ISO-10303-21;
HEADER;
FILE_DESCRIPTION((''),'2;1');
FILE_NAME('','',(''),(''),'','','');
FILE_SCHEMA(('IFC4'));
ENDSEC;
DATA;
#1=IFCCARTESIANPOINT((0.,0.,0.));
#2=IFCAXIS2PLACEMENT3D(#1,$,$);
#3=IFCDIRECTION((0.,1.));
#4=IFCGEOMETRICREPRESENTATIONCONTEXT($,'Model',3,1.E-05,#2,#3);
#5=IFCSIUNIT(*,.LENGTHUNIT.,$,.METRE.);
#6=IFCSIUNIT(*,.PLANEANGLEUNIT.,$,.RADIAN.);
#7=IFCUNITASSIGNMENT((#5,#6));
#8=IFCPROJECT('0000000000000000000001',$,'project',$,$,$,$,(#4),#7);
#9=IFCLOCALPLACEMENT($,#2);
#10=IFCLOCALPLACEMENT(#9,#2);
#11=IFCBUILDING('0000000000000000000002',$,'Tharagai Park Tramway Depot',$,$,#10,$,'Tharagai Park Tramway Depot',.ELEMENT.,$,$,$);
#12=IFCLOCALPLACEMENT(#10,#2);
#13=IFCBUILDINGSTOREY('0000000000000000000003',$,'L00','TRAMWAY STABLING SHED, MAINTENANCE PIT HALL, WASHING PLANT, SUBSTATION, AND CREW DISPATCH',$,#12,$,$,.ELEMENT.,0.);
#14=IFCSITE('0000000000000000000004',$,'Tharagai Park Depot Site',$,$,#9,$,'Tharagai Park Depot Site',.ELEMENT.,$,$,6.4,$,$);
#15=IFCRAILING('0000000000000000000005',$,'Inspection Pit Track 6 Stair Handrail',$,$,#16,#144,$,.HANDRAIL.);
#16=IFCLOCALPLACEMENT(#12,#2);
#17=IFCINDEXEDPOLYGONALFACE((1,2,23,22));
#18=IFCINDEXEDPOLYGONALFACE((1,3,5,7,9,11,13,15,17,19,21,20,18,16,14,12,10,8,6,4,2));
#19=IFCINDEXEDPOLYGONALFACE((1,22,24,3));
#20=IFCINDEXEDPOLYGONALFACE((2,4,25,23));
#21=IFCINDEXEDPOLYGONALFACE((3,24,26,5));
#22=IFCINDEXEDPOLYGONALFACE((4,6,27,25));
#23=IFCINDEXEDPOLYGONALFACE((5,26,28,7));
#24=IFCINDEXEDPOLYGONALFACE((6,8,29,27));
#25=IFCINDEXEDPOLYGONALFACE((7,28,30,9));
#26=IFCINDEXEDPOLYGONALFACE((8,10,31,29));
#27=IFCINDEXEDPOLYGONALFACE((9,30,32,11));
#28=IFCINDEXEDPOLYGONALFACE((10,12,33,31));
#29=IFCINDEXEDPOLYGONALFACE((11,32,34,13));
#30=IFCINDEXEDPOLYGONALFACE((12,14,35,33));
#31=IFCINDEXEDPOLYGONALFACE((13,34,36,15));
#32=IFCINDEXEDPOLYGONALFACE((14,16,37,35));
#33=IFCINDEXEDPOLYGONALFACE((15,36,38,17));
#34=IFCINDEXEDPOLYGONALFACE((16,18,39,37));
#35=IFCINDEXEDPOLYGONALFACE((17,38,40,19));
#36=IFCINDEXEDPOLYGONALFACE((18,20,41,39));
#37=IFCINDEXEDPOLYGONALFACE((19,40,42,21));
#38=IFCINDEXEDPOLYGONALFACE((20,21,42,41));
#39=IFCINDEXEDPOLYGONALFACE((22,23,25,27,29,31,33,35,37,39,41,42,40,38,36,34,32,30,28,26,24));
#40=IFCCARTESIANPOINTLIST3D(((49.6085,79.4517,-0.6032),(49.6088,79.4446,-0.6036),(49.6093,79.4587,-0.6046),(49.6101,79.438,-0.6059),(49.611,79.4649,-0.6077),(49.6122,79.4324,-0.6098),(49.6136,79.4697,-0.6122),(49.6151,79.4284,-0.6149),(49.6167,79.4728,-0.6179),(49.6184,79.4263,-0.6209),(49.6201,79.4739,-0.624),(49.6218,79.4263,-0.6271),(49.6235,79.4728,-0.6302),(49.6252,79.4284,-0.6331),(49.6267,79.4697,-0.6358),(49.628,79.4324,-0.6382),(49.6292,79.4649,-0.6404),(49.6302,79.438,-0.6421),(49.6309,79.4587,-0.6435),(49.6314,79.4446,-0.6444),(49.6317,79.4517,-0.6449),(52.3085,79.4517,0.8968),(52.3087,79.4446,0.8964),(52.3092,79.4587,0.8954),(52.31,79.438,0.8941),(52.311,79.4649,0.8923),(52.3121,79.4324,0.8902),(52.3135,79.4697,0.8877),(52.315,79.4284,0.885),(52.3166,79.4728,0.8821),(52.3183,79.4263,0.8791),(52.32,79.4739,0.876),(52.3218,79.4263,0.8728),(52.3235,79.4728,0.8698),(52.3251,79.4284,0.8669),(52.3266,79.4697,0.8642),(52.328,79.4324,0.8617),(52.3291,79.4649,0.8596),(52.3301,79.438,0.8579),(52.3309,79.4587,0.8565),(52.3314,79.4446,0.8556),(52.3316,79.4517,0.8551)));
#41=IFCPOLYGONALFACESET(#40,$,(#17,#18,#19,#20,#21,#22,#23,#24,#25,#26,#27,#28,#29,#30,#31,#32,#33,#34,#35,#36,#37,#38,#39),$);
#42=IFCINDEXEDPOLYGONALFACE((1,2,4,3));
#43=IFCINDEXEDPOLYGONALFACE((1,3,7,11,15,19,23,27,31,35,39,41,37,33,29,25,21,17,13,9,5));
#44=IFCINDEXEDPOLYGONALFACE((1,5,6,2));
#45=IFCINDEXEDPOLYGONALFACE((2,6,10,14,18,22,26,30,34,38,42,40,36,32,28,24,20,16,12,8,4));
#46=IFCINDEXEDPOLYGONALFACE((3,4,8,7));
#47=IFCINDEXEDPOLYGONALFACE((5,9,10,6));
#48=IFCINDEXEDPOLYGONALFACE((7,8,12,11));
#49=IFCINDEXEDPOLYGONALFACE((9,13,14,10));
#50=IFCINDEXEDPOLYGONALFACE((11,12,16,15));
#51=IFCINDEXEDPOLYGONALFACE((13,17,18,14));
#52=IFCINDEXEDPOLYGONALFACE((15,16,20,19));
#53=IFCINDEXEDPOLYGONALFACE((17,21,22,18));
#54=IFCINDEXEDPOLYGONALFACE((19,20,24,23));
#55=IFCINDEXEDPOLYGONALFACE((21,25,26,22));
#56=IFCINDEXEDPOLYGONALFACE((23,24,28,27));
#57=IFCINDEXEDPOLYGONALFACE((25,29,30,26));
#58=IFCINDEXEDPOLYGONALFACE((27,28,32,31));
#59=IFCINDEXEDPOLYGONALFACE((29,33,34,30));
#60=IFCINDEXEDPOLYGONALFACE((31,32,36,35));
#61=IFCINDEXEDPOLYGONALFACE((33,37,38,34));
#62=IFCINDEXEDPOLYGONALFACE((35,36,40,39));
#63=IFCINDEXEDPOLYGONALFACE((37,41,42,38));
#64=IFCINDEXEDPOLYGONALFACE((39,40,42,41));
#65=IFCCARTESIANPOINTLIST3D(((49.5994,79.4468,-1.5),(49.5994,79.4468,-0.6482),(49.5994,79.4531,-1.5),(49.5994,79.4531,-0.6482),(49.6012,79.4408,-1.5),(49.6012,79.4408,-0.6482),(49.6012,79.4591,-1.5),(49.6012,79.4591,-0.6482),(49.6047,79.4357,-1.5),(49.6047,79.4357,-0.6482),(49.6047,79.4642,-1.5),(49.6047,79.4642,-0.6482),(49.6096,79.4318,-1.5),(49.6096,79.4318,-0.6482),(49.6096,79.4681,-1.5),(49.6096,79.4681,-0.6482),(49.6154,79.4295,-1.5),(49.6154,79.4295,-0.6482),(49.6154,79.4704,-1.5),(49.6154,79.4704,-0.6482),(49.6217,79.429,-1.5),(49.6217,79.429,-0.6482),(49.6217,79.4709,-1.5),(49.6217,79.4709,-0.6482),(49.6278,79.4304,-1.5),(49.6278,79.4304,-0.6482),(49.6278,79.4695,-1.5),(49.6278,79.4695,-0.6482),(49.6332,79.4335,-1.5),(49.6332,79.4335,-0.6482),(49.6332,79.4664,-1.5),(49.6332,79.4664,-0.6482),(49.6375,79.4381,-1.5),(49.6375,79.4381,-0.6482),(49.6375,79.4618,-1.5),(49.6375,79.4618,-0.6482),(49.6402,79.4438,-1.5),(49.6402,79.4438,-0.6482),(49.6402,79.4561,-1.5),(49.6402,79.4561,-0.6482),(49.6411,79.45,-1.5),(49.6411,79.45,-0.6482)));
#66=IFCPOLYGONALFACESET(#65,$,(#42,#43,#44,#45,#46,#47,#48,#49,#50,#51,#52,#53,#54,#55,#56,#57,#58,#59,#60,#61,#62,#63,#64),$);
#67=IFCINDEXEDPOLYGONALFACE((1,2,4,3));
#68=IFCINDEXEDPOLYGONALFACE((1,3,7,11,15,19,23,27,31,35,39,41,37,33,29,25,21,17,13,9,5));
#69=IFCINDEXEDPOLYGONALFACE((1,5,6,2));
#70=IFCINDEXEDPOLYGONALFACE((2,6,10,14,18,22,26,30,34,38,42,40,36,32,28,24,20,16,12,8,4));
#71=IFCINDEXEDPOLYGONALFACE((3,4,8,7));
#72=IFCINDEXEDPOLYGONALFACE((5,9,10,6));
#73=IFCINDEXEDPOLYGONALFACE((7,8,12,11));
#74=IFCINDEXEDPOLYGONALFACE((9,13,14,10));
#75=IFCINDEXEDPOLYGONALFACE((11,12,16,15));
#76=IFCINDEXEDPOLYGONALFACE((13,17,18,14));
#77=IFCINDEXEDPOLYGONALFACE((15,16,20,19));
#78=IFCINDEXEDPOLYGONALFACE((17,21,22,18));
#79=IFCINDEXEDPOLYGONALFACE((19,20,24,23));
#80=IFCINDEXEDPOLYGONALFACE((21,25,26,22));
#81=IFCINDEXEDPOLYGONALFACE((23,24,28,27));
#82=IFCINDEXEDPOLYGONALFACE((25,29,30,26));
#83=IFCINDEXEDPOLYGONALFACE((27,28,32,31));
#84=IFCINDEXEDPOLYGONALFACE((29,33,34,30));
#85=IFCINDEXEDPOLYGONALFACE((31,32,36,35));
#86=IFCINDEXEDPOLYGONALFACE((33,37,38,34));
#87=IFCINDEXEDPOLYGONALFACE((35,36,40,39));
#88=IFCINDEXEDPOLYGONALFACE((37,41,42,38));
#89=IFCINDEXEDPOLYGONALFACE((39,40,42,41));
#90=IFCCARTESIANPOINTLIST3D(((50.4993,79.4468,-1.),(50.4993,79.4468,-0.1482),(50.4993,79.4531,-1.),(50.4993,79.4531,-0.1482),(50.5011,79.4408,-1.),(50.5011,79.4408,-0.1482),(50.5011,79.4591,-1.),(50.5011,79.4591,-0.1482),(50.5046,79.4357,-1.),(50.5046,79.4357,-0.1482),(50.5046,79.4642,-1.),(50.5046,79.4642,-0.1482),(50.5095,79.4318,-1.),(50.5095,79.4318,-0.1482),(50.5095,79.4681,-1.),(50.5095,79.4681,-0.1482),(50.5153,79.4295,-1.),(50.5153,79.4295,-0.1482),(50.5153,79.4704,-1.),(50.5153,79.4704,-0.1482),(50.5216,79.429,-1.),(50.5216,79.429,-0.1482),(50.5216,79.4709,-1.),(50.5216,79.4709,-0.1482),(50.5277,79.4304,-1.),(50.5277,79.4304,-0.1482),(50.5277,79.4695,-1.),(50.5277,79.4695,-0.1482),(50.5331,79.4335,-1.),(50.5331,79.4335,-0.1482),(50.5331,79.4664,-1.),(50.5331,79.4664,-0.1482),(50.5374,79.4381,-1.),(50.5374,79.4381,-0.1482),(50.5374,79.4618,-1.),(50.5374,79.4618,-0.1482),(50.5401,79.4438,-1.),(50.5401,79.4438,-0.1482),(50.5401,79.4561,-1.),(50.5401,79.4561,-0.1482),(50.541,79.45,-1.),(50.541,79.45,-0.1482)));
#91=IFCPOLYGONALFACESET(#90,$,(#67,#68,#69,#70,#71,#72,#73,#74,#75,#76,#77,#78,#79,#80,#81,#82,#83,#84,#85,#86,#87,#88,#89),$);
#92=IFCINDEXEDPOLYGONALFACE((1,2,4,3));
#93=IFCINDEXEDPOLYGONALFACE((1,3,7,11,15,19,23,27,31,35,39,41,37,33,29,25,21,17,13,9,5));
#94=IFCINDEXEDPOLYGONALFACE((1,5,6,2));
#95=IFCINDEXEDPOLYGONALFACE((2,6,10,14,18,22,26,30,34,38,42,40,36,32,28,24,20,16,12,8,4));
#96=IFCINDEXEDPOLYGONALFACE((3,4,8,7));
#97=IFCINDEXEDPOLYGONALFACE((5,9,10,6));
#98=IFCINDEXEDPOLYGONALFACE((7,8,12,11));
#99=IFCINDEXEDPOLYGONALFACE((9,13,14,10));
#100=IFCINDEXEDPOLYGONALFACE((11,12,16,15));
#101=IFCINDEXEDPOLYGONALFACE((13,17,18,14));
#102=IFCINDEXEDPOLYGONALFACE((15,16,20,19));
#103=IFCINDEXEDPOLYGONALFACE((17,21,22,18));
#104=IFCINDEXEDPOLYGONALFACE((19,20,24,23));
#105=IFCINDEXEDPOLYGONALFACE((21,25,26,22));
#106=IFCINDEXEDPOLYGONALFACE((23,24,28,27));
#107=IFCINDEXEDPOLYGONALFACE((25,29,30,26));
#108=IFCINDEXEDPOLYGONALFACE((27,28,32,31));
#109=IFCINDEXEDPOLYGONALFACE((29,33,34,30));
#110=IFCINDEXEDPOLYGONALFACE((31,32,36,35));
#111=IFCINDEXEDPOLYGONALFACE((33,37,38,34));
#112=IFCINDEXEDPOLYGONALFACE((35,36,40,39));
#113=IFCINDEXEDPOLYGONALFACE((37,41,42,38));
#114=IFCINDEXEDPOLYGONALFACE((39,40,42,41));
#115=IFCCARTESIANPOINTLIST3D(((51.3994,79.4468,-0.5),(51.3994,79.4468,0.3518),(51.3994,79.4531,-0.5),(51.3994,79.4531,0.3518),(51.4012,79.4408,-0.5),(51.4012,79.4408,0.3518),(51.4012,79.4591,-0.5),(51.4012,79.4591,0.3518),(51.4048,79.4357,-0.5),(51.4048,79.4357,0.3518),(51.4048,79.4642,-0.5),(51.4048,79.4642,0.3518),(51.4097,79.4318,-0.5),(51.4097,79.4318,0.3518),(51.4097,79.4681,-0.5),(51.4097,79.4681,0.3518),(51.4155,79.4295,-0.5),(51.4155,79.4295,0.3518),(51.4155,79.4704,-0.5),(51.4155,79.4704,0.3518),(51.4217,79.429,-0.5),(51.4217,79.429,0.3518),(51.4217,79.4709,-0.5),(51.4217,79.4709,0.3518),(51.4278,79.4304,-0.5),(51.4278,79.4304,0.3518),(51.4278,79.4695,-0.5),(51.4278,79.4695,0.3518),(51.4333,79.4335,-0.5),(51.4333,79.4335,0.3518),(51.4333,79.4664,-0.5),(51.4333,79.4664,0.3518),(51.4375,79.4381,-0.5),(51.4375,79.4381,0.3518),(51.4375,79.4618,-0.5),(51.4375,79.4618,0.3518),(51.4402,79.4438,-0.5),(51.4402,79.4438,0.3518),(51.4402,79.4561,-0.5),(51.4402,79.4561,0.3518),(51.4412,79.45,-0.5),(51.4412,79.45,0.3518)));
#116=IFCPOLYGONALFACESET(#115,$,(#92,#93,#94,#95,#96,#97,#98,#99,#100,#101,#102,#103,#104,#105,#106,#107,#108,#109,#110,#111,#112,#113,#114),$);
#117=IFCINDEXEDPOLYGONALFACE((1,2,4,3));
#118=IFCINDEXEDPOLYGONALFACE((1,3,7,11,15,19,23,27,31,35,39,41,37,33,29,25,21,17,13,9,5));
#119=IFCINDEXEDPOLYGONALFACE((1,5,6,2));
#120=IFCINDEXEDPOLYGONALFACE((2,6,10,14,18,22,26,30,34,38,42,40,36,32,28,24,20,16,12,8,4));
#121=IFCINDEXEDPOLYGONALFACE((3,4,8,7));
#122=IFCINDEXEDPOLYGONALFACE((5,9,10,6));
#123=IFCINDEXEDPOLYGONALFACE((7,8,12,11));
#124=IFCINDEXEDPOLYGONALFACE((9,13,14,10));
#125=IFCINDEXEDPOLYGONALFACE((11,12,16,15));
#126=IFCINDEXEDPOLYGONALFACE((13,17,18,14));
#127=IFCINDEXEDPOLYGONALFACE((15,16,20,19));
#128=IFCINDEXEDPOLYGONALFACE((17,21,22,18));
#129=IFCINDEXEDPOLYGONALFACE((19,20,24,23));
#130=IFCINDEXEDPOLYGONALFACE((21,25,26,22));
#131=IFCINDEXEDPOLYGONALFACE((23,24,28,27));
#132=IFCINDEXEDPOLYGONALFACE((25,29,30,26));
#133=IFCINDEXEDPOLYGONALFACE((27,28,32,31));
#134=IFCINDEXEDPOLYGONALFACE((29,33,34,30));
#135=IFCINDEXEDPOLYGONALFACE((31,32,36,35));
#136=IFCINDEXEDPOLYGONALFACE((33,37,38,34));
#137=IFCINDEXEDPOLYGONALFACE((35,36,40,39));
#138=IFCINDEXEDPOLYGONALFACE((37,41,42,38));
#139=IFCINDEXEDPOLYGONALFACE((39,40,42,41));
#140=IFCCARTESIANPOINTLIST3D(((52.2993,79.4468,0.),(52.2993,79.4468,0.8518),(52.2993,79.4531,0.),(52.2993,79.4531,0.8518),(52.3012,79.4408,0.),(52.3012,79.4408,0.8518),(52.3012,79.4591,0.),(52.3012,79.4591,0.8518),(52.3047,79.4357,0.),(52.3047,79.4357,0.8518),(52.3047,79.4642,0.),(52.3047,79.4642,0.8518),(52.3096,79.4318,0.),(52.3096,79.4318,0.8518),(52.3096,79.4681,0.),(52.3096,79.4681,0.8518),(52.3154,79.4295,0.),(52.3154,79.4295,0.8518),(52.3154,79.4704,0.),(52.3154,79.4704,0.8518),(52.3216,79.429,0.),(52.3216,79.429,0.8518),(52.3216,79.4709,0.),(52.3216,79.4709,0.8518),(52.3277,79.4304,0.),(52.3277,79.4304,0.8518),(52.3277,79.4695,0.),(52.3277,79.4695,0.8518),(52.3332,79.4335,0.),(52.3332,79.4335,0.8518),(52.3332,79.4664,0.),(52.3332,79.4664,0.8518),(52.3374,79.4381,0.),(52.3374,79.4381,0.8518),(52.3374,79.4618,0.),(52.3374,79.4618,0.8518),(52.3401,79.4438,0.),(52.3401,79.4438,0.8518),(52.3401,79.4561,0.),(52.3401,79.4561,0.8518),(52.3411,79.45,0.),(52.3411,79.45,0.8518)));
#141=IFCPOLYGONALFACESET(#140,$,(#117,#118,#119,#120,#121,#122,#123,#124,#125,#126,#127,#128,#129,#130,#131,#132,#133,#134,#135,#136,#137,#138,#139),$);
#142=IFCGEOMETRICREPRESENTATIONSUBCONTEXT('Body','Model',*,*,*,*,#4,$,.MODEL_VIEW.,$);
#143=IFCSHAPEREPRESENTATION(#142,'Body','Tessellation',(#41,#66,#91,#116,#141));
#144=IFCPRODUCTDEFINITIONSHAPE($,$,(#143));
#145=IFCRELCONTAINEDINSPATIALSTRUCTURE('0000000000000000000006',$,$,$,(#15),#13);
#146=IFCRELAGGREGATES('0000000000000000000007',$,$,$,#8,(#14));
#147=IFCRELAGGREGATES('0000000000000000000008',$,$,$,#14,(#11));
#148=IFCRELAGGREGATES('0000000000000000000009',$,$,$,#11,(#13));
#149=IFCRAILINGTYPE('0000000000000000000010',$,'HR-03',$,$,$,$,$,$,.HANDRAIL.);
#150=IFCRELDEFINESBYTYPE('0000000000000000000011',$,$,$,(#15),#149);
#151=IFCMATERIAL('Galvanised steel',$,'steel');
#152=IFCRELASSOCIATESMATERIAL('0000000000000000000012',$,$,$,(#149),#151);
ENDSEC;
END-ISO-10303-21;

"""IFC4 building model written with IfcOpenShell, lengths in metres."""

from ifc_helpers import new_model, si_unit, direction, frame, origin, origin_2d, place, context, subcontext, project, spatial, circle, extrude, material, type_object, element, save


model = new_model("IFC4")

# Units and contexts
model_context = context("Model", 3, precision=1e-05, world=origin(), true_north=direction((0.0, 1.0)))
body_context = subcontext(model_context, "Body", "Model", "MODEL_VIEW")
ifc_project = project(units=[si_unit("LENGTHUNIT", "METRE"), si_unit("PLANEANGLEUNIT", "RADIAN")], contexts=[model_context])

# Site, building, storey
site_placement = place(None, origin())
site = spatial("IfcSite", under=ifc_project, at=site_placement, Name="Tharagai Park Depot Site", LongName="Tharagai Park Depot Site", CompositionType="ELEMENT", RefElevation=6.4)
building_placement = place(site_placement, origin())
building = spatial("IfcBuilding", under=site, at=building_placement, Name="Tharagai Park Tramway Depot", LongName="Tharagai Park Tramway Depot", CompositionType="ELEMENT")
storey_placement = place(building_placement, origin())
storey = spatial("IfcBuildingStorey", under=building, at=storey_placement, Name="L00", Description="TRAMWAY STABLING SHED, MAINTENANCE PIT HALL, WASHING PLANT, SUBSTATION, AND CREW DISPATCH", CompositionType="ELEMENT", Elevation=0.0)

# Railing
ifc_material_1 = material(Name="Galvanised steel", Category="steel")
railing_type_1 = type_object("IfcRailingType", Name="HR-03", PredefinedType="HANDRAIL", material=ifc_material_1)
for number, where, name in (
    (1, (49.6201, 79.45, -1.5), "Inspection Pit Track 6 Stair Handrail"),
):
    element("IfcRailing", number, at=place(storey_placement, frame(where)), inside=storey, type_object=railing_type_1, Name=name, PredefinedType="HANDRAIL", context=body_context, shape_type="SweptSolid", body=[
        extrude(circle(Radius=0.0239, at=origin_2d()), frame((0.0, 0.0, 0.876), z_axis=(0.874154, 0.0, 0.48565), x_axis=(0.0, 1.0, 0.0)), (0.0, 0.0, 1.0), 3.0886),
        extrude(circle(Radius=0.021, at=origin_2d()), origin(), (0.0, 0.0, 1.0), 0.8518),
        extrude(circle(Radius=0.021, at=origin_2d()), frame((0.8999, 0.0, 0.5)), (0.0, 0.0, 1.0), 0.8518),
        extrude(circle(Radius=0.021, at=origin_2d()), frame((1.8, 0.0, 1.0)), (0.0, 0.0, 1.0), 0.8518),
        extrude(circle(Radius=0.021, at=origin_2d()), frame((2.7, 0.0, 1.5)), (0.0, 0.0, 1.0), 0.8518),
    ])

save(model, "model.ifc")
